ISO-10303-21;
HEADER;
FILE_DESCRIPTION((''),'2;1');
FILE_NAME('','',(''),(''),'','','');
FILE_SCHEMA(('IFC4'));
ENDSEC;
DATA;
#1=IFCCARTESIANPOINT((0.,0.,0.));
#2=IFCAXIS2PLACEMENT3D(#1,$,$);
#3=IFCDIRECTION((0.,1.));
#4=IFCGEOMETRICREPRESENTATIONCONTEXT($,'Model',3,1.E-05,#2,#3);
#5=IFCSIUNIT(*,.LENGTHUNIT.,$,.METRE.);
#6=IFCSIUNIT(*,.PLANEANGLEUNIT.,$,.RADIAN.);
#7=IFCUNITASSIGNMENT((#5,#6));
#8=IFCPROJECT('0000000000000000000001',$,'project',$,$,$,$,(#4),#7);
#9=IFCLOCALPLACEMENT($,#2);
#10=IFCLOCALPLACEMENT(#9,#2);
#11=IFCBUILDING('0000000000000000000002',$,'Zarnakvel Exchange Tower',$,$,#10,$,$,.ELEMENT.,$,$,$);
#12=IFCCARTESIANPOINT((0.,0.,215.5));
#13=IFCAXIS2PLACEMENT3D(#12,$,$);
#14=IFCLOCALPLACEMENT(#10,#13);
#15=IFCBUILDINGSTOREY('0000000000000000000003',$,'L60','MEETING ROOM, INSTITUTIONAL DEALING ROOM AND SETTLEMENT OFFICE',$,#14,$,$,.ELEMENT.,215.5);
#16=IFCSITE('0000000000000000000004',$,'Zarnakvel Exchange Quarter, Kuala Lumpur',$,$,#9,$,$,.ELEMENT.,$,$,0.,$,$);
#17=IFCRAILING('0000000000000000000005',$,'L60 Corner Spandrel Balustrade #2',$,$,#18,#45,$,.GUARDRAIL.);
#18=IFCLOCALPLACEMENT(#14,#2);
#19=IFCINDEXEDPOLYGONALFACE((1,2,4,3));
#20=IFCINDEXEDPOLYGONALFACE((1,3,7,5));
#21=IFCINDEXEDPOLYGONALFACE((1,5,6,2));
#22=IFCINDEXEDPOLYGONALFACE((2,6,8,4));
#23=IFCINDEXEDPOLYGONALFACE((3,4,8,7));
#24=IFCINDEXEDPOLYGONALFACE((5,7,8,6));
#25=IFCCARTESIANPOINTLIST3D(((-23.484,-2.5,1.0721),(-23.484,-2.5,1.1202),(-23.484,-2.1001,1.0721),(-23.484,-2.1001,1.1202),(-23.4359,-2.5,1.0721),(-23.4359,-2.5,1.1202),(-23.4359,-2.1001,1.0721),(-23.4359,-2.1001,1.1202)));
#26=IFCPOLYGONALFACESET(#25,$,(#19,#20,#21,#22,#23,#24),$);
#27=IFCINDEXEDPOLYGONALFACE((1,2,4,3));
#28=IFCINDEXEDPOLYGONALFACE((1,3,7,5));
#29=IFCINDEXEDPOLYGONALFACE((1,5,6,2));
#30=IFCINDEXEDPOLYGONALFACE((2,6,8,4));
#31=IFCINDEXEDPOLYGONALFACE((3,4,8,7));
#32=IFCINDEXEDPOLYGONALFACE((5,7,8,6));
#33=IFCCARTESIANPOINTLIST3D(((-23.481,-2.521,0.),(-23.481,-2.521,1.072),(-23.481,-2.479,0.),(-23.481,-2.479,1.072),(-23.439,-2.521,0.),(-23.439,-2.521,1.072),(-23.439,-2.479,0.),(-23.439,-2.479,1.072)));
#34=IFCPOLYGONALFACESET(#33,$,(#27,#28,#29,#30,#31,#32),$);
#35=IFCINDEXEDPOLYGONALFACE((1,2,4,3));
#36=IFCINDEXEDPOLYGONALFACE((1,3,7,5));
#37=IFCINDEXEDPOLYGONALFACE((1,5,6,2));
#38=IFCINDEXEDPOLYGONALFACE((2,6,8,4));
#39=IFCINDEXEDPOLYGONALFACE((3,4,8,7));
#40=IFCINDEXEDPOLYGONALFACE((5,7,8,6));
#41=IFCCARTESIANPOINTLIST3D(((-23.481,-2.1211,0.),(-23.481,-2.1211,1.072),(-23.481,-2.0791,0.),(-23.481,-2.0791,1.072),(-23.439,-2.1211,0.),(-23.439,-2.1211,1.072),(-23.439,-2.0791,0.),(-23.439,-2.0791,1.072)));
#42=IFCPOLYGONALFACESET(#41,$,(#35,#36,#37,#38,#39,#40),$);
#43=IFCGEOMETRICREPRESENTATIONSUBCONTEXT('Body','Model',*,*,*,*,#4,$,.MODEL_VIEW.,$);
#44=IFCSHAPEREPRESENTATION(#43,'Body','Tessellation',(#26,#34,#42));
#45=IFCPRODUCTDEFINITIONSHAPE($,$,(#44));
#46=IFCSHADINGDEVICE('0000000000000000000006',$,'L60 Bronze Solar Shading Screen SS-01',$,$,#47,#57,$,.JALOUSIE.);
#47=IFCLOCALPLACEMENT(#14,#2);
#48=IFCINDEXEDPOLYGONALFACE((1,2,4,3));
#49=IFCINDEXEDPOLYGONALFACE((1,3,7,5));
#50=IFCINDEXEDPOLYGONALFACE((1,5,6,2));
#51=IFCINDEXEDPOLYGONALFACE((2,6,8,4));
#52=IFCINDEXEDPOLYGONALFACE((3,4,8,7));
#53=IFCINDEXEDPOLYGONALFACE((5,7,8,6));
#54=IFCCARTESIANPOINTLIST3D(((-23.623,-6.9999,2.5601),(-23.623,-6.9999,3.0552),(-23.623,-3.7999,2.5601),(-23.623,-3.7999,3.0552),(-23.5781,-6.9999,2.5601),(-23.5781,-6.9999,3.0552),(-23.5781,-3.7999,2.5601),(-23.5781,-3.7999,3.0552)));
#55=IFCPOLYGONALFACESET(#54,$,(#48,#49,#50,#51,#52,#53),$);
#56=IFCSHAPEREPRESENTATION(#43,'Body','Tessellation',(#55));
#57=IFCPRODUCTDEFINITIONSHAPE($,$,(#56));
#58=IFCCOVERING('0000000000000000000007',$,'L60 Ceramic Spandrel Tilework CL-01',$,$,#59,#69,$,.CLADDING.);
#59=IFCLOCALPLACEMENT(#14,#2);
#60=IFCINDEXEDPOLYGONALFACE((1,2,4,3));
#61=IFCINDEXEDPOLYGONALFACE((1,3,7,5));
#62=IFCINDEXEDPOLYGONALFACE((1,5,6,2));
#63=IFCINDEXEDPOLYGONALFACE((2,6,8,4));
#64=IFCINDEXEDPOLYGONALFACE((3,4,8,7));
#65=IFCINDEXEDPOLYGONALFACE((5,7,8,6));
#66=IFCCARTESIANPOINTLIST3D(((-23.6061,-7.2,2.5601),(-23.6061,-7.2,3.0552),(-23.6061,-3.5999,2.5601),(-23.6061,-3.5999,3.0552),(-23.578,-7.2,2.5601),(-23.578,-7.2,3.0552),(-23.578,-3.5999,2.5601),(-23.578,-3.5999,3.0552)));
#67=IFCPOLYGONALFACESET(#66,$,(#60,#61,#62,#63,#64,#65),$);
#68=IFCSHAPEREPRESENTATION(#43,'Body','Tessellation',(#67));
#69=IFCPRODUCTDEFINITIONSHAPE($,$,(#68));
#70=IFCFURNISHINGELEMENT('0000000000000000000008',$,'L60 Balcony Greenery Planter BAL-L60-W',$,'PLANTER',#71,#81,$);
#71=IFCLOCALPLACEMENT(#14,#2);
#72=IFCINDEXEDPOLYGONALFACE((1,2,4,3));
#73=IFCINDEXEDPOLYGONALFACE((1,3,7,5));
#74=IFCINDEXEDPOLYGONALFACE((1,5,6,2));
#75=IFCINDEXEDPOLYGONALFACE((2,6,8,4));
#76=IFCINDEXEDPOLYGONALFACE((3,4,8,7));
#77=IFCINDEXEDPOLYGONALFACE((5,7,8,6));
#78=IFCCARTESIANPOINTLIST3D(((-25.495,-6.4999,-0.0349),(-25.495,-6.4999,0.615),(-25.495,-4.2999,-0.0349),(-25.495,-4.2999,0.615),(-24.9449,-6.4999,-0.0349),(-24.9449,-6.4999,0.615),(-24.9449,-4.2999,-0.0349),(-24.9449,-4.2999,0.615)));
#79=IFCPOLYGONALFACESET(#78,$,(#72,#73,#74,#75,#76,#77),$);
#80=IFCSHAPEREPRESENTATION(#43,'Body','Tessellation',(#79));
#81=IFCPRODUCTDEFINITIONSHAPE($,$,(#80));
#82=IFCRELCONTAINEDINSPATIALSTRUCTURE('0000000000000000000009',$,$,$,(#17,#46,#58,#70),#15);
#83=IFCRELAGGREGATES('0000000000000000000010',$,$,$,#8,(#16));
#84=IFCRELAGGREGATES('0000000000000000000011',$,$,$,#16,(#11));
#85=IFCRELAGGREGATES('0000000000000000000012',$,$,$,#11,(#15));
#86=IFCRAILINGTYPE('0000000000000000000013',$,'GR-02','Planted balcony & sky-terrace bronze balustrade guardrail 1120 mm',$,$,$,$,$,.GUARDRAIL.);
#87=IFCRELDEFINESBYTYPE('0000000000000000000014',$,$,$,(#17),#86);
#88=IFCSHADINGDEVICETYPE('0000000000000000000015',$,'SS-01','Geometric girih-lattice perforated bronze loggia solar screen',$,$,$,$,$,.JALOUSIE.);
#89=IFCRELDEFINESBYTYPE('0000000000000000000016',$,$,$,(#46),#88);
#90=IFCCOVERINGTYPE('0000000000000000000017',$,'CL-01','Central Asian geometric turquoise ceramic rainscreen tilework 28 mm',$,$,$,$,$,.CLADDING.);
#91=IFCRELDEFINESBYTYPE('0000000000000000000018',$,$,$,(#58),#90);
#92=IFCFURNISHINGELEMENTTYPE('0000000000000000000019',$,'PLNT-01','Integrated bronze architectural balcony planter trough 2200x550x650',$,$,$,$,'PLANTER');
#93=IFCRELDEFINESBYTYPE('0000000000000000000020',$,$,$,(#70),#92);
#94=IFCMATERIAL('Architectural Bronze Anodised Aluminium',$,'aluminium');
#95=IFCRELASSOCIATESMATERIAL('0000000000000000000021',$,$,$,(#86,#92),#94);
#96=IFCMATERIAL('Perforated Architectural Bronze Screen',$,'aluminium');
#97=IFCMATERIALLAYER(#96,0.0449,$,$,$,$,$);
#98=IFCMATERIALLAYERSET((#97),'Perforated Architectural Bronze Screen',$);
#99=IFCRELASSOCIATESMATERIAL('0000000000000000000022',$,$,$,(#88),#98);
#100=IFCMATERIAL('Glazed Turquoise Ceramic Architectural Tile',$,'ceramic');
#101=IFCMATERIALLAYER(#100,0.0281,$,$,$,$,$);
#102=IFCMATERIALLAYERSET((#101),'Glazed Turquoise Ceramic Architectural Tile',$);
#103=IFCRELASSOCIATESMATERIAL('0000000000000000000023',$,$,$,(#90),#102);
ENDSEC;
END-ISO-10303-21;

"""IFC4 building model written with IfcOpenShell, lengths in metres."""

from ifc_helpers import new_model, si_unit, direction, frame, origin, origin_2d, place, context, subcontext, project, spatial, rectangle, extrude, source, transform, mapped, material, layer, layer_set, type_object, element, save


model = new_model("IFC4")

# Units and contexts
model_context = context("Model", 3, precision=1e-05, world=origin(), true_north=direction((0.0, 1.0)))
body_context = subcontext(model_context, "Body", "Model", "MODEL_VIEW")
ifc_project = project(units=[si_unit("LENGTHUNIT", "METRE"), si_unit("PLANEANGLEUNIT", "RADIAN")], contexts=[model_context])

# Site, building, storey
site_placement = place(None, origin())
site = spatial("IfcSite", under=ifc_project, at=site_placement, Name="Zarnakvel Exchange Quarter, Kuala Lumpur", CompositionType="ELEMENT", RefElevation=0.0)
building_placement = place(site_placement, origin())
building = spatial("IfcBuilding", under=site, at=building_placement, Name="Zarnakvel Exchange Tower", CompositionType="ELEMENT")
storey_placement = place(building_placement, frame((0.0, 0.0, 215.5)))
storey = spatial("IfcBuildingStorey", under=building, at=storey_placement, Name="L60", Description="MEETING ROOM, INSTITUTIONAL DEALING ROOM AND SETTLEMENT OFFICE", CompositionType="ELEMENT", Elevation=215.5)

# Shared definitions
ifc_material_1 = material(Name="Architectural Bronze Anodised Aluminium", Category="aluminium")

# Railing
railing_type = type_object("IfcRailingType", Name="GR-02", Description="Planted balcony & sky-terrace bronze balustrade guardrail 1120 mm", PredefinedType="GUARDRAIL", material=ifc_material_1)
railing_placement = place(storey_placement, frame((-23.46, -2.5, 0.0)))
element("IfcRailing", 1, at=railing_placement, inside=storey, type_object=railing_type, Name="L60 Corner Spandrel Balustrade #2", PredefinedType="GUARDRAIL", context=body_context, shape_type="SweptSolid", body=[
    extrude(rectangle(XDim=0.0481, YDim=0.0481, at=origin_2d()), frame((0.0, 0.0, 1.0962), z_axis=(0.0, 1.0, 0.0), x_axis=(-1.0, 0.0, 0.0)), (0.0, 0.0, 1.0), 0.3999),
    extrude(rectangle(XDim=0.042, YDim=0.042, at=origin_2d()), origin(), (0.0, 0.0, 1.0), 1.072),
    extrude(rectangle(XDim=0.042, YDim=0.042, at=origin_2d()), frame((0.0, 0.3999, 0.0)), (0.0, 0.0, 1.0), 1.072),
])

# Shading device
ifc_material_2 = material(Name="Perforated Architectural Bronze Screen", Category="aluminium")
ifc_layer_1 = layer(ifc_material_2, 0.0449)
ifc_layer_set_1 = layer_set([ifc_layer_1], Name="Perforated Architectural Bronze Screen")
shading_device_type = type_object("IfcShadingDeviceType", Name="SS-01", Description="Geometric girih-lattice perforated bronze loggia solar screen", PredefinedType="JALOUSIE", material=ifc_layer_set_1)
shared_shape_1 = source(origin(), body_context, "Body", "SweptSolid", [
    extrude(rectangle(XDim=3.2, YDim=0.0449, at=origin_2d()), origin(), (0.0, 0.0, 1.0), 0.4951),
])
shading_device_placement = place(storey_placement, frame((-23.6006, -5.3999, 2.5601), z_axis=(0.0, 0.0, 1.0), x_axis=(0.0, 1.0, 0.0)))
element("IfcShadingDevice", 2, at=shading_device_placement, inside=storey, type_object=shading_device_type, Name="L60 Bronze Solar Shading Screen SS-01", PredefinedType="JALOUSIE", context=body_context, shape_type="MappedRepresentation", body=[
    mapped(shared_shape_1, transform((0.0, 0.0, 0.0), x_axis=(1.0, 0.0, 0.0), y_axis=(0.0, 1.0, 0.0), z_axis=(0.0, 0.0, 1.0), scale=1.0)),
])

# Covering
ifc_material_3 = material(Name="Glazed Turquoise Ceramic Architectural Tile", Category="ceramic")
ifc_layer_2 = layer(ifc_material_3, 0.0281)
ifc_layer_set_2 = layer_set([ifc_layer_2], Name="Glazed Turquoise Ceramic Architectural Tile")
covering_type = type_object("IfcCoveringType", Name="CL-01", Description="Central Asian geometric turquoise ceramic rainscreen tilework 28 mm", PredefinedType="CLADDING", material=ifc_layer_set_2)
shared_shape_2 = source(origin(), body_context, "Body", "SweptSolid", [
    extrude(rectangle(XDim=3.6001, YDim=0.0281, at=origin_2d()), origin(), (0.0, 0.0, 1.0), 0.4951),
])
covering_placement = place(storey_placement, frame((-23.592, -5.3999, 2.5601), z_axis=(0.0, 0.0, 1.0), x_axis=(0.0, 1.0, 0.0)))
element("IfcCovering", 3, at=covering_placement, inside=storey, type_object=covering_type, Name="L60 Ceramic Spandrel Tilework CL-01", PredefinedType="CLADDING", context=body_context, shape_type="MappedRepresentation", body=[
    mapped(shared_shape_2, transform((0.0, 0.0, 0.0), x_axis=(1.0, 0.0, 0.0), y_axis=(0.0, 1.0, 0.0), z_axis=(0.0, 0.0, 1.0), scale=1.0)),
])

# Furnishing element
furnishing_element_type = type_object("IfcFurnishingElementType", Name="PLNT-01", Description="Integrated bronze architectural balcony planter trough 2200x550x650", ElementType="PLANTER", material=ifc_material_1)
shared_shape_3 = source(origin(), body_context, "Body", "SweptSolid", [
    extrude(rectangle(XDim=2.2, YDim=0.55, at=origin_2d()), origin(), (0.0, 0.0, 1.0), 0.6499),
])
furnishing_placement = place(storey_placement, frame((-25.22, -5.3999, -0.0349), z_axis=(0.0, 0.0, 1.0), x_axis=(0.0, 1.0, 0.0)))
element("IfcFurnishingElement", 4, at=furnishing_placement, inside=storey, type_object=furnishing_element_type, Name="L60 Balcony Greenery Planter BAL-L60-W", ObjectType="PLANTER", context=body_context, shape_type="MappedRepresentation", body=[
    mapped(shared_shape_3, transform((0.0, 0.0, 0.0), x_axis=(1.0, 0.0, 0.0), y_axis=(0.0, 1.0, 0.0), z_axis=(0.0, 0.0, 1.0), scale=1.0)),
])

save(model, "model.ifc")
